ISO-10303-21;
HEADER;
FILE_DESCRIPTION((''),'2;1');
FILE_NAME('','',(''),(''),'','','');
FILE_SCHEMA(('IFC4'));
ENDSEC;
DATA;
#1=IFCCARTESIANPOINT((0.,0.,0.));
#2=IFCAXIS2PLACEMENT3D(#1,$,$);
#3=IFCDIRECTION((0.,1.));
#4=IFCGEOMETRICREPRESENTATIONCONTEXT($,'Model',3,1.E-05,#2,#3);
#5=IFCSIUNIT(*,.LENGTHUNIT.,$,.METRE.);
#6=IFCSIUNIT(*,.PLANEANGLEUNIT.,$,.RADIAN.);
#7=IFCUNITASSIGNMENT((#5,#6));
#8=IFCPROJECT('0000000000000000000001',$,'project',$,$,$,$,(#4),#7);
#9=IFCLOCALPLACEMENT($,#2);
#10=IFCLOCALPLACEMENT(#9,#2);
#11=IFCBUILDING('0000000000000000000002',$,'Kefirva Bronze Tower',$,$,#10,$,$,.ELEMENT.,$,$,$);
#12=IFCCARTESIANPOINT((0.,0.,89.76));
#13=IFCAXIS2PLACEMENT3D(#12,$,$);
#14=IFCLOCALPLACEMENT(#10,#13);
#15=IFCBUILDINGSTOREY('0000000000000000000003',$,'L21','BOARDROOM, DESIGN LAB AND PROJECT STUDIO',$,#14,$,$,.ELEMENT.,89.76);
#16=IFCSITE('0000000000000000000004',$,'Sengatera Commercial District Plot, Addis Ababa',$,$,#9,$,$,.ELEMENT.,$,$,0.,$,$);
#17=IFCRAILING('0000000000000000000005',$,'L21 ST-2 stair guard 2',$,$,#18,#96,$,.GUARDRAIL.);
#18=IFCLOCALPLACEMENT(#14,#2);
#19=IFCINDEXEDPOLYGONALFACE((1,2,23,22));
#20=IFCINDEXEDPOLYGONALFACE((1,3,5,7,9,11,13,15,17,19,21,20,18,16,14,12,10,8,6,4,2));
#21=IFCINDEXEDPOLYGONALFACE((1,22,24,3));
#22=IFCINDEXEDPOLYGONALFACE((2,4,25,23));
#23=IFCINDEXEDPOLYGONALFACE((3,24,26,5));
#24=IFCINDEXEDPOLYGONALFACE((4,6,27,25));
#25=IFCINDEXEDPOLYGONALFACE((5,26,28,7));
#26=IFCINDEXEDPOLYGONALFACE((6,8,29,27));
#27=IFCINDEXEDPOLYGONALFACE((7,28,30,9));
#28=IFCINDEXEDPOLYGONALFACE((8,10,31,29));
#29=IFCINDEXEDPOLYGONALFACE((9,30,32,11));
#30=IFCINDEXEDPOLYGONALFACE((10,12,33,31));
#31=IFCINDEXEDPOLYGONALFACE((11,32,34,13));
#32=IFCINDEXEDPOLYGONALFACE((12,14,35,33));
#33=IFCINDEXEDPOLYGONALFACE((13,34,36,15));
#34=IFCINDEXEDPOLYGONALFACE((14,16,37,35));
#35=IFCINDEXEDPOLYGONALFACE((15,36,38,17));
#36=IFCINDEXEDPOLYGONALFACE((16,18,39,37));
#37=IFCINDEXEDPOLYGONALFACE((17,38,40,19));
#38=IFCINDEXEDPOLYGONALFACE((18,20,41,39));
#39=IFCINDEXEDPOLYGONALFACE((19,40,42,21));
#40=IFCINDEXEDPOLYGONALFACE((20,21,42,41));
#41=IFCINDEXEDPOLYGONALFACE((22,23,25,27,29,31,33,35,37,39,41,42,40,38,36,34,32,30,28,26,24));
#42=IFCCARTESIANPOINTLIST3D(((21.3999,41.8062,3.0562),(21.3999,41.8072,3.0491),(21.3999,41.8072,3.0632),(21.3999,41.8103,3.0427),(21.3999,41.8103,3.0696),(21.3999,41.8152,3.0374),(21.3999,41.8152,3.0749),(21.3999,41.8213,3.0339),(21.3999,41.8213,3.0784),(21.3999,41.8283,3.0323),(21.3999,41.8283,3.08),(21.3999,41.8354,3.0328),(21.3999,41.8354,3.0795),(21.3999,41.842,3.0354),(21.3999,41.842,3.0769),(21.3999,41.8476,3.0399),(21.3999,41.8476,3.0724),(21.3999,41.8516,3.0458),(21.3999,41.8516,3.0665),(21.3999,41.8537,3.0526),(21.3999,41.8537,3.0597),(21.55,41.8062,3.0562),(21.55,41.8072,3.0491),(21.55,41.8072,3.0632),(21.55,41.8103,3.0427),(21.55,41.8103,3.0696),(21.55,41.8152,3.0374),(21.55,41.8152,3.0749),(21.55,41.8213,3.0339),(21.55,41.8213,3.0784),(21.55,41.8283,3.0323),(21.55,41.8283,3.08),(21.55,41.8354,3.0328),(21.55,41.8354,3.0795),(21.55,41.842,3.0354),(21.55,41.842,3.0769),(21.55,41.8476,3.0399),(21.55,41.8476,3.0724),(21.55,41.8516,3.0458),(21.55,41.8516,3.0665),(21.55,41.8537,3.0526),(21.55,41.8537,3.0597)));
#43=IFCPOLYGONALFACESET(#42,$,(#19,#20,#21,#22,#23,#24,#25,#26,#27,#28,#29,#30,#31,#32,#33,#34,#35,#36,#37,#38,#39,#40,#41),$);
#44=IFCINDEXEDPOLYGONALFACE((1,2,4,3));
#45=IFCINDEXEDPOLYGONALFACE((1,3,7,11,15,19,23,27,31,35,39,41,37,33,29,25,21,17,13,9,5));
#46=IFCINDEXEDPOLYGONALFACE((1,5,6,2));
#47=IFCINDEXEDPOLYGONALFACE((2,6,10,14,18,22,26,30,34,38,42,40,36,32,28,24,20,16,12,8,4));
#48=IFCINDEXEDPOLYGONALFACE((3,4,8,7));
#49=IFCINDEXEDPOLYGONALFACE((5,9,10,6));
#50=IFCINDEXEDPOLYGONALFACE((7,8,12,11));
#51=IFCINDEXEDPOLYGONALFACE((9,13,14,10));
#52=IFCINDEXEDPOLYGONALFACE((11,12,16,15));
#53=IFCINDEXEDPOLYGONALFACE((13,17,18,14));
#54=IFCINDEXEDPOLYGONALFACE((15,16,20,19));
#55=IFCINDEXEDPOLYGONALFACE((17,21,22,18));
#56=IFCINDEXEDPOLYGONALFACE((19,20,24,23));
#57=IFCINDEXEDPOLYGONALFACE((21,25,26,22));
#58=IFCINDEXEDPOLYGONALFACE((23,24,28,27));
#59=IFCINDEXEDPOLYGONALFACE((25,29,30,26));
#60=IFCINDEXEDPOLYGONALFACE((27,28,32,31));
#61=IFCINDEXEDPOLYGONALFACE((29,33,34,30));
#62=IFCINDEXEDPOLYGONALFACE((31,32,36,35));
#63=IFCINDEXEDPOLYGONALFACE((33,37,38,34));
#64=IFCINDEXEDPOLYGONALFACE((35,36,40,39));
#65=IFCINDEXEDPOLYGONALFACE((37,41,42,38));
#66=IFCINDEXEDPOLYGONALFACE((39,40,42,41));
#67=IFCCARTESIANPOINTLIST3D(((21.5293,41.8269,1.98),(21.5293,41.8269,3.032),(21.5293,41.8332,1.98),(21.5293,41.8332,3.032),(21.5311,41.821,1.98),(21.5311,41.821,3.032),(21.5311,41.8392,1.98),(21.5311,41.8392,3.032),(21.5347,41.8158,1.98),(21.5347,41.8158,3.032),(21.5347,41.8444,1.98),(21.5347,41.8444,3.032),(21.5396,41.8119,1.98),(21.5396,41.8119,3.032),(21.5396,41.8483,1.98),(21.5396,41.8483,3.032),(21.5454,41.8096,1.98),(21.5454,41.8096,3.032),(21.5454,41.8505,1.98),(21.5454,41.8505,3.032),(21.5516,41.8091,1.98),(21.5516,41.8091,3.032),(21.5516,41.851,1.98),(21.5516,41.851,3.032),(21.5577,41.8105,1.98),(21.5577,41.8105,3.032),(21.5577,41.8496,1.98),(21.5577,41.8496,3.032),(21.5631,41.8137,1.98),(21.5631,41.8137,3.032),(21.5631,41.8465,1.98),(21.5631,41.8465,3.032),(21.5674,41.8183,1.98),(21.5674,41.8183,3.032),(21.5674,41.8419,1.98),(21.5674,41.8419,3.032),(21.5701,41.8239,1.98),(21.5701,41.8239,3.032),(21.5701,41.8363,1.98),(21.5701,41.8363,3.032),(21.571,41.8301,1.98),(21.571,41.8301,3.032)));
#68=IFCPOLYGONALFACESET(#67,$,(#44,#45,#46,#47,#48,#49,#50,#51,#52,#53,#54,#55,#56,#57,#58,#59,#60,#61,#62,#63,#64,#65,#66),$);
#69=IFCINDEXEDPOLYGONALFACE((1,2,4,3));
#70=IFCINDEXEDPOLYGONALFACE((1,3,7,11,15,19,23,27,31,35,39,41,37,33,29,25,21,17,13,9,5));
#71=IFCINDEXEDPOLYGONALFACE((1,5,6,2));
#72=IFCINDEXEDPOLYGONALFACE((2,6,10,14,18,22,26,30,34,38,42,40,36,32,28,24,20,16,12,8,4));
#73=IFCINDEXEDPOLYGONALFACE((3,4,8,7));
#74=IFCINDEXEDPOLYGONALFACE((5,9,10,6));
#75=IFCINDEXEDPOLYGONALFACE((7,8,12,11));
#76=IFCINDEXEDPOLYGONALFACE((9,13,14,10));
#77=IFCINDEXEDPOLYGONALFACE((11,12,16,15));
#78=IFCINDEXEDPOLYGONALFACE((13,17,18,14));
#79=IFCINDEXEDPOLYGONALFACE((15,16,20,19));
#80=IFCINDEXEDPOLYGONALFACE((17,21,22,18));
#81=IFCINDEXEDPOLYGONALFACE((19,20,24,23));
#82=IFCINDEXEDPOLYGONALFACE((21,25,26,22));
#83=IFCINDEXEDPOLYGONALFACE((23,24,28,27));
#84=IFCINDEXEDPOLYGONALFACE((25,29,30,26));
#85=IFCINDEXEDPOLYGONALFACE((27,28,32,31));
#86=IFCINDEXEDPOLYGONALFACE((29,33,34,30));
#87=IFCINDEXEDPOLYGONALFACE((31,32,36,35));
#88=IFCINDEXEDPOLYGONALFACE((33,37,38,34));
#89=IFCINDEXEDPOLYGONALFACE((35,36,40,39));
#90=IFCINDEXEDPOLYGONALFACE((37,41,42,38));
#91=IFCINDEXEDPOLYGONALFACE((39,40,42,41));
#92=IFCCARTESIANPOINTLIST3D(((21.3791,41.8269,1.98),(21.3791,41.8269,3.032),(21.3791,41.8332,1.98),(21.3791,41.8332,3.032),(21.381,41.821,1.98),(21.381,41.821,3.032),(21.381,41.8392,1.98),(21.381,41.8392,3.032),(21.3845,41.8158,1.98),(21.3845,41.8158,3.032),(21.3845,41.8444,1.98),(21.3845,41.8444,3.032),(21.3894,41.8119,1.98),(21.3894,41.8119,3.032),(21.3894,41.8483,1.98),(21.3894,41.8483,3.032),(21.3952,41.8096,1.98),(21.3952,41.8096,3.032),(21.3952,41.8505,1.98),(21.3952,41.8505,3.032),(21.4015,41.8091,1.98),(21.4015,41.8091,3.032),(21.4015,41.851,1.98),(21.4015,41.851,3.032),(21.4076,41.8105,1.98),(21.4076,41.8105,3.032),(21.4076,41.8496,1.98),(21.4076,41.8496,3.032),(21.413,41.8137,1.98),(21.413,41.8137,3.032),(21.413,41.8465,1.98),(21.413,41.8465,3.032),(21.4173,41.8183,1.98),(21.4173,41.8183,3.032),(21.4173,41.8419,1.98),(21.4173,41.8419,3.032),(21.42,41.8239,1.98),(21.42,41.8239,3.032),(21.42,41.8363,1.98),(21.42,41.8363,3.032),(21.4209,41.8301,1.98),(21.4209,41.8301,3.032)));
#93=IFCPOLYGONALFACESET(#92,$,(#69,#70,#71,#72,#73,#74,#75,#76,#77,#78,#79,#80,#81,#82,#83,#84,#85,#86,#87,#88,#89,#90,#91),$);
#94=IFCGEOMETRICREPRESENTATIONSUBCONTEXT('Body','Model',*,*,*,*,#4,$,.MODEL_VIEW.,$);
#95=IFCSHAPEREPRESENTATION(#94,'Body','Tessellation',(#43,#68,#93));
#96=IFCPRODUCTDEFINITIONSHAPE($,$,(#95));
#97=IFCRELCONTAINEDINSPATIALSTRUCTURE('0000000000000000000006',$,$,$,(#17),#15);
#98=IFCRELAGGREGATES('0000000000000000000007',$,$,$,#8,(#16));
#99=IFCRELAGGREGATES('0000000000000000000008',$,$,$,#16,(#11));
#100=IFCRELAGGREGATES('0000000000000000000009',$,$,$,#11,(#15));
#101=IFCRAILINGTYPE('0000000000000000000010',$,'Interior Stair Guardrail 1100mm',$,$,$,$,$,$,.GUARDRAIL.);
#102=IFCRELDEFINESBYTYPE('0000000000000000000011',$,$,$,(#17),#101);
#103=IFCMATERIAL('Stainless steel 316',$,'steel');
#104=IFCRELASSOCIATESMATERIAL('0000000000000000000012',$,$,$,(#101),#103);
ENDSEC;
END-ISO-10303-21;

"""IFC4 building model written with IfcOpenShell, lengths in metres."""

from ifc_helpers import new_model, si_unit, direction, frame, origin, origin_2d, place, context, subcontext, project, spatial, circle, extrude, material, type_object, element, save


model = new_model("IFC4")

# Units and contexts
model_context = context("Model", 3, precision=1e-05, world=origin(), true_north=direction((0.0, 1.0)))
body_context = subcontext(model_context, "Body", "Model", "MODEL_VIEW")
ifc_project = project(units=[si_unit("LENGTHUNIT", "METRE"), si_unit("PLANEANGLEUNIT", "RADIAN")], contexts=[model_context])

# Site, building, storey
site_placement = place(None, origin())
site = spatial("IfcSite", under=ifc_project, at=site_placement, Name="Sengatera Commercial District Plot, Addis Ababa", CompositionType="ELEMENT", RefElevation=0.0)
building_placement = place(site_placement, origin())
building = spatial("IfcBuilding", under=site, at=building_placement, Name="Kefirva Bronze Tower", CompositionType="ELEMENT")
storey_placement = place(building_placement, frame((0.0, 0.0, 89.76)))
storey = spatial("IfcBuildingStorey", under=building, at=storey_placement, Name="L21", Description="BOARDROOM, DESIGN LAB AND PROJECT STUDIO", CompositionType="ELEMENT", Elevation=89.76)

# Railing
ifc_material_1 = material(Name="Stainless steel 316", Category="steel")
railing_type_1 = type_object("IfcRailingType", Name="Interior Stair Guardrail 1100mm", PredefinedType="GUARDRAIL", material=ifc_material_1)
railing_1_placement = place(storey_placement, frame((21.55, 41.8301, 1.98)))
element("IfcRailing", 1, at=railing_1_placement, inside=storey, type_object=railing_type_1, Name="L21 ST-2 stair guard 2", PredefinedType="GUARDRAIL", context=body_context, shape_type="SweptSolid", body=[
    extrude(circle(Radius=0.0239, at=origin_2d()), frame((0.0, 0.0, 1.0762), z_axis=(-1.0, 0.0, 0.0), x_axis=(0.0, -1.0, 0.0)), (0.0, 0.0, 1.0), 0.1501),
    extrude(circle(Radius=0.021, at=origin_2d()), origin(), (0.0, 0.0, 1.0), 1.052),
    extrude(circle(Radius=0.021, at=origin_2d()), frame((-0.1501, 0.0, 0.0)), (0.0, 0.0, 1.0), 1.052),
])

save(model, "model.ifc")
